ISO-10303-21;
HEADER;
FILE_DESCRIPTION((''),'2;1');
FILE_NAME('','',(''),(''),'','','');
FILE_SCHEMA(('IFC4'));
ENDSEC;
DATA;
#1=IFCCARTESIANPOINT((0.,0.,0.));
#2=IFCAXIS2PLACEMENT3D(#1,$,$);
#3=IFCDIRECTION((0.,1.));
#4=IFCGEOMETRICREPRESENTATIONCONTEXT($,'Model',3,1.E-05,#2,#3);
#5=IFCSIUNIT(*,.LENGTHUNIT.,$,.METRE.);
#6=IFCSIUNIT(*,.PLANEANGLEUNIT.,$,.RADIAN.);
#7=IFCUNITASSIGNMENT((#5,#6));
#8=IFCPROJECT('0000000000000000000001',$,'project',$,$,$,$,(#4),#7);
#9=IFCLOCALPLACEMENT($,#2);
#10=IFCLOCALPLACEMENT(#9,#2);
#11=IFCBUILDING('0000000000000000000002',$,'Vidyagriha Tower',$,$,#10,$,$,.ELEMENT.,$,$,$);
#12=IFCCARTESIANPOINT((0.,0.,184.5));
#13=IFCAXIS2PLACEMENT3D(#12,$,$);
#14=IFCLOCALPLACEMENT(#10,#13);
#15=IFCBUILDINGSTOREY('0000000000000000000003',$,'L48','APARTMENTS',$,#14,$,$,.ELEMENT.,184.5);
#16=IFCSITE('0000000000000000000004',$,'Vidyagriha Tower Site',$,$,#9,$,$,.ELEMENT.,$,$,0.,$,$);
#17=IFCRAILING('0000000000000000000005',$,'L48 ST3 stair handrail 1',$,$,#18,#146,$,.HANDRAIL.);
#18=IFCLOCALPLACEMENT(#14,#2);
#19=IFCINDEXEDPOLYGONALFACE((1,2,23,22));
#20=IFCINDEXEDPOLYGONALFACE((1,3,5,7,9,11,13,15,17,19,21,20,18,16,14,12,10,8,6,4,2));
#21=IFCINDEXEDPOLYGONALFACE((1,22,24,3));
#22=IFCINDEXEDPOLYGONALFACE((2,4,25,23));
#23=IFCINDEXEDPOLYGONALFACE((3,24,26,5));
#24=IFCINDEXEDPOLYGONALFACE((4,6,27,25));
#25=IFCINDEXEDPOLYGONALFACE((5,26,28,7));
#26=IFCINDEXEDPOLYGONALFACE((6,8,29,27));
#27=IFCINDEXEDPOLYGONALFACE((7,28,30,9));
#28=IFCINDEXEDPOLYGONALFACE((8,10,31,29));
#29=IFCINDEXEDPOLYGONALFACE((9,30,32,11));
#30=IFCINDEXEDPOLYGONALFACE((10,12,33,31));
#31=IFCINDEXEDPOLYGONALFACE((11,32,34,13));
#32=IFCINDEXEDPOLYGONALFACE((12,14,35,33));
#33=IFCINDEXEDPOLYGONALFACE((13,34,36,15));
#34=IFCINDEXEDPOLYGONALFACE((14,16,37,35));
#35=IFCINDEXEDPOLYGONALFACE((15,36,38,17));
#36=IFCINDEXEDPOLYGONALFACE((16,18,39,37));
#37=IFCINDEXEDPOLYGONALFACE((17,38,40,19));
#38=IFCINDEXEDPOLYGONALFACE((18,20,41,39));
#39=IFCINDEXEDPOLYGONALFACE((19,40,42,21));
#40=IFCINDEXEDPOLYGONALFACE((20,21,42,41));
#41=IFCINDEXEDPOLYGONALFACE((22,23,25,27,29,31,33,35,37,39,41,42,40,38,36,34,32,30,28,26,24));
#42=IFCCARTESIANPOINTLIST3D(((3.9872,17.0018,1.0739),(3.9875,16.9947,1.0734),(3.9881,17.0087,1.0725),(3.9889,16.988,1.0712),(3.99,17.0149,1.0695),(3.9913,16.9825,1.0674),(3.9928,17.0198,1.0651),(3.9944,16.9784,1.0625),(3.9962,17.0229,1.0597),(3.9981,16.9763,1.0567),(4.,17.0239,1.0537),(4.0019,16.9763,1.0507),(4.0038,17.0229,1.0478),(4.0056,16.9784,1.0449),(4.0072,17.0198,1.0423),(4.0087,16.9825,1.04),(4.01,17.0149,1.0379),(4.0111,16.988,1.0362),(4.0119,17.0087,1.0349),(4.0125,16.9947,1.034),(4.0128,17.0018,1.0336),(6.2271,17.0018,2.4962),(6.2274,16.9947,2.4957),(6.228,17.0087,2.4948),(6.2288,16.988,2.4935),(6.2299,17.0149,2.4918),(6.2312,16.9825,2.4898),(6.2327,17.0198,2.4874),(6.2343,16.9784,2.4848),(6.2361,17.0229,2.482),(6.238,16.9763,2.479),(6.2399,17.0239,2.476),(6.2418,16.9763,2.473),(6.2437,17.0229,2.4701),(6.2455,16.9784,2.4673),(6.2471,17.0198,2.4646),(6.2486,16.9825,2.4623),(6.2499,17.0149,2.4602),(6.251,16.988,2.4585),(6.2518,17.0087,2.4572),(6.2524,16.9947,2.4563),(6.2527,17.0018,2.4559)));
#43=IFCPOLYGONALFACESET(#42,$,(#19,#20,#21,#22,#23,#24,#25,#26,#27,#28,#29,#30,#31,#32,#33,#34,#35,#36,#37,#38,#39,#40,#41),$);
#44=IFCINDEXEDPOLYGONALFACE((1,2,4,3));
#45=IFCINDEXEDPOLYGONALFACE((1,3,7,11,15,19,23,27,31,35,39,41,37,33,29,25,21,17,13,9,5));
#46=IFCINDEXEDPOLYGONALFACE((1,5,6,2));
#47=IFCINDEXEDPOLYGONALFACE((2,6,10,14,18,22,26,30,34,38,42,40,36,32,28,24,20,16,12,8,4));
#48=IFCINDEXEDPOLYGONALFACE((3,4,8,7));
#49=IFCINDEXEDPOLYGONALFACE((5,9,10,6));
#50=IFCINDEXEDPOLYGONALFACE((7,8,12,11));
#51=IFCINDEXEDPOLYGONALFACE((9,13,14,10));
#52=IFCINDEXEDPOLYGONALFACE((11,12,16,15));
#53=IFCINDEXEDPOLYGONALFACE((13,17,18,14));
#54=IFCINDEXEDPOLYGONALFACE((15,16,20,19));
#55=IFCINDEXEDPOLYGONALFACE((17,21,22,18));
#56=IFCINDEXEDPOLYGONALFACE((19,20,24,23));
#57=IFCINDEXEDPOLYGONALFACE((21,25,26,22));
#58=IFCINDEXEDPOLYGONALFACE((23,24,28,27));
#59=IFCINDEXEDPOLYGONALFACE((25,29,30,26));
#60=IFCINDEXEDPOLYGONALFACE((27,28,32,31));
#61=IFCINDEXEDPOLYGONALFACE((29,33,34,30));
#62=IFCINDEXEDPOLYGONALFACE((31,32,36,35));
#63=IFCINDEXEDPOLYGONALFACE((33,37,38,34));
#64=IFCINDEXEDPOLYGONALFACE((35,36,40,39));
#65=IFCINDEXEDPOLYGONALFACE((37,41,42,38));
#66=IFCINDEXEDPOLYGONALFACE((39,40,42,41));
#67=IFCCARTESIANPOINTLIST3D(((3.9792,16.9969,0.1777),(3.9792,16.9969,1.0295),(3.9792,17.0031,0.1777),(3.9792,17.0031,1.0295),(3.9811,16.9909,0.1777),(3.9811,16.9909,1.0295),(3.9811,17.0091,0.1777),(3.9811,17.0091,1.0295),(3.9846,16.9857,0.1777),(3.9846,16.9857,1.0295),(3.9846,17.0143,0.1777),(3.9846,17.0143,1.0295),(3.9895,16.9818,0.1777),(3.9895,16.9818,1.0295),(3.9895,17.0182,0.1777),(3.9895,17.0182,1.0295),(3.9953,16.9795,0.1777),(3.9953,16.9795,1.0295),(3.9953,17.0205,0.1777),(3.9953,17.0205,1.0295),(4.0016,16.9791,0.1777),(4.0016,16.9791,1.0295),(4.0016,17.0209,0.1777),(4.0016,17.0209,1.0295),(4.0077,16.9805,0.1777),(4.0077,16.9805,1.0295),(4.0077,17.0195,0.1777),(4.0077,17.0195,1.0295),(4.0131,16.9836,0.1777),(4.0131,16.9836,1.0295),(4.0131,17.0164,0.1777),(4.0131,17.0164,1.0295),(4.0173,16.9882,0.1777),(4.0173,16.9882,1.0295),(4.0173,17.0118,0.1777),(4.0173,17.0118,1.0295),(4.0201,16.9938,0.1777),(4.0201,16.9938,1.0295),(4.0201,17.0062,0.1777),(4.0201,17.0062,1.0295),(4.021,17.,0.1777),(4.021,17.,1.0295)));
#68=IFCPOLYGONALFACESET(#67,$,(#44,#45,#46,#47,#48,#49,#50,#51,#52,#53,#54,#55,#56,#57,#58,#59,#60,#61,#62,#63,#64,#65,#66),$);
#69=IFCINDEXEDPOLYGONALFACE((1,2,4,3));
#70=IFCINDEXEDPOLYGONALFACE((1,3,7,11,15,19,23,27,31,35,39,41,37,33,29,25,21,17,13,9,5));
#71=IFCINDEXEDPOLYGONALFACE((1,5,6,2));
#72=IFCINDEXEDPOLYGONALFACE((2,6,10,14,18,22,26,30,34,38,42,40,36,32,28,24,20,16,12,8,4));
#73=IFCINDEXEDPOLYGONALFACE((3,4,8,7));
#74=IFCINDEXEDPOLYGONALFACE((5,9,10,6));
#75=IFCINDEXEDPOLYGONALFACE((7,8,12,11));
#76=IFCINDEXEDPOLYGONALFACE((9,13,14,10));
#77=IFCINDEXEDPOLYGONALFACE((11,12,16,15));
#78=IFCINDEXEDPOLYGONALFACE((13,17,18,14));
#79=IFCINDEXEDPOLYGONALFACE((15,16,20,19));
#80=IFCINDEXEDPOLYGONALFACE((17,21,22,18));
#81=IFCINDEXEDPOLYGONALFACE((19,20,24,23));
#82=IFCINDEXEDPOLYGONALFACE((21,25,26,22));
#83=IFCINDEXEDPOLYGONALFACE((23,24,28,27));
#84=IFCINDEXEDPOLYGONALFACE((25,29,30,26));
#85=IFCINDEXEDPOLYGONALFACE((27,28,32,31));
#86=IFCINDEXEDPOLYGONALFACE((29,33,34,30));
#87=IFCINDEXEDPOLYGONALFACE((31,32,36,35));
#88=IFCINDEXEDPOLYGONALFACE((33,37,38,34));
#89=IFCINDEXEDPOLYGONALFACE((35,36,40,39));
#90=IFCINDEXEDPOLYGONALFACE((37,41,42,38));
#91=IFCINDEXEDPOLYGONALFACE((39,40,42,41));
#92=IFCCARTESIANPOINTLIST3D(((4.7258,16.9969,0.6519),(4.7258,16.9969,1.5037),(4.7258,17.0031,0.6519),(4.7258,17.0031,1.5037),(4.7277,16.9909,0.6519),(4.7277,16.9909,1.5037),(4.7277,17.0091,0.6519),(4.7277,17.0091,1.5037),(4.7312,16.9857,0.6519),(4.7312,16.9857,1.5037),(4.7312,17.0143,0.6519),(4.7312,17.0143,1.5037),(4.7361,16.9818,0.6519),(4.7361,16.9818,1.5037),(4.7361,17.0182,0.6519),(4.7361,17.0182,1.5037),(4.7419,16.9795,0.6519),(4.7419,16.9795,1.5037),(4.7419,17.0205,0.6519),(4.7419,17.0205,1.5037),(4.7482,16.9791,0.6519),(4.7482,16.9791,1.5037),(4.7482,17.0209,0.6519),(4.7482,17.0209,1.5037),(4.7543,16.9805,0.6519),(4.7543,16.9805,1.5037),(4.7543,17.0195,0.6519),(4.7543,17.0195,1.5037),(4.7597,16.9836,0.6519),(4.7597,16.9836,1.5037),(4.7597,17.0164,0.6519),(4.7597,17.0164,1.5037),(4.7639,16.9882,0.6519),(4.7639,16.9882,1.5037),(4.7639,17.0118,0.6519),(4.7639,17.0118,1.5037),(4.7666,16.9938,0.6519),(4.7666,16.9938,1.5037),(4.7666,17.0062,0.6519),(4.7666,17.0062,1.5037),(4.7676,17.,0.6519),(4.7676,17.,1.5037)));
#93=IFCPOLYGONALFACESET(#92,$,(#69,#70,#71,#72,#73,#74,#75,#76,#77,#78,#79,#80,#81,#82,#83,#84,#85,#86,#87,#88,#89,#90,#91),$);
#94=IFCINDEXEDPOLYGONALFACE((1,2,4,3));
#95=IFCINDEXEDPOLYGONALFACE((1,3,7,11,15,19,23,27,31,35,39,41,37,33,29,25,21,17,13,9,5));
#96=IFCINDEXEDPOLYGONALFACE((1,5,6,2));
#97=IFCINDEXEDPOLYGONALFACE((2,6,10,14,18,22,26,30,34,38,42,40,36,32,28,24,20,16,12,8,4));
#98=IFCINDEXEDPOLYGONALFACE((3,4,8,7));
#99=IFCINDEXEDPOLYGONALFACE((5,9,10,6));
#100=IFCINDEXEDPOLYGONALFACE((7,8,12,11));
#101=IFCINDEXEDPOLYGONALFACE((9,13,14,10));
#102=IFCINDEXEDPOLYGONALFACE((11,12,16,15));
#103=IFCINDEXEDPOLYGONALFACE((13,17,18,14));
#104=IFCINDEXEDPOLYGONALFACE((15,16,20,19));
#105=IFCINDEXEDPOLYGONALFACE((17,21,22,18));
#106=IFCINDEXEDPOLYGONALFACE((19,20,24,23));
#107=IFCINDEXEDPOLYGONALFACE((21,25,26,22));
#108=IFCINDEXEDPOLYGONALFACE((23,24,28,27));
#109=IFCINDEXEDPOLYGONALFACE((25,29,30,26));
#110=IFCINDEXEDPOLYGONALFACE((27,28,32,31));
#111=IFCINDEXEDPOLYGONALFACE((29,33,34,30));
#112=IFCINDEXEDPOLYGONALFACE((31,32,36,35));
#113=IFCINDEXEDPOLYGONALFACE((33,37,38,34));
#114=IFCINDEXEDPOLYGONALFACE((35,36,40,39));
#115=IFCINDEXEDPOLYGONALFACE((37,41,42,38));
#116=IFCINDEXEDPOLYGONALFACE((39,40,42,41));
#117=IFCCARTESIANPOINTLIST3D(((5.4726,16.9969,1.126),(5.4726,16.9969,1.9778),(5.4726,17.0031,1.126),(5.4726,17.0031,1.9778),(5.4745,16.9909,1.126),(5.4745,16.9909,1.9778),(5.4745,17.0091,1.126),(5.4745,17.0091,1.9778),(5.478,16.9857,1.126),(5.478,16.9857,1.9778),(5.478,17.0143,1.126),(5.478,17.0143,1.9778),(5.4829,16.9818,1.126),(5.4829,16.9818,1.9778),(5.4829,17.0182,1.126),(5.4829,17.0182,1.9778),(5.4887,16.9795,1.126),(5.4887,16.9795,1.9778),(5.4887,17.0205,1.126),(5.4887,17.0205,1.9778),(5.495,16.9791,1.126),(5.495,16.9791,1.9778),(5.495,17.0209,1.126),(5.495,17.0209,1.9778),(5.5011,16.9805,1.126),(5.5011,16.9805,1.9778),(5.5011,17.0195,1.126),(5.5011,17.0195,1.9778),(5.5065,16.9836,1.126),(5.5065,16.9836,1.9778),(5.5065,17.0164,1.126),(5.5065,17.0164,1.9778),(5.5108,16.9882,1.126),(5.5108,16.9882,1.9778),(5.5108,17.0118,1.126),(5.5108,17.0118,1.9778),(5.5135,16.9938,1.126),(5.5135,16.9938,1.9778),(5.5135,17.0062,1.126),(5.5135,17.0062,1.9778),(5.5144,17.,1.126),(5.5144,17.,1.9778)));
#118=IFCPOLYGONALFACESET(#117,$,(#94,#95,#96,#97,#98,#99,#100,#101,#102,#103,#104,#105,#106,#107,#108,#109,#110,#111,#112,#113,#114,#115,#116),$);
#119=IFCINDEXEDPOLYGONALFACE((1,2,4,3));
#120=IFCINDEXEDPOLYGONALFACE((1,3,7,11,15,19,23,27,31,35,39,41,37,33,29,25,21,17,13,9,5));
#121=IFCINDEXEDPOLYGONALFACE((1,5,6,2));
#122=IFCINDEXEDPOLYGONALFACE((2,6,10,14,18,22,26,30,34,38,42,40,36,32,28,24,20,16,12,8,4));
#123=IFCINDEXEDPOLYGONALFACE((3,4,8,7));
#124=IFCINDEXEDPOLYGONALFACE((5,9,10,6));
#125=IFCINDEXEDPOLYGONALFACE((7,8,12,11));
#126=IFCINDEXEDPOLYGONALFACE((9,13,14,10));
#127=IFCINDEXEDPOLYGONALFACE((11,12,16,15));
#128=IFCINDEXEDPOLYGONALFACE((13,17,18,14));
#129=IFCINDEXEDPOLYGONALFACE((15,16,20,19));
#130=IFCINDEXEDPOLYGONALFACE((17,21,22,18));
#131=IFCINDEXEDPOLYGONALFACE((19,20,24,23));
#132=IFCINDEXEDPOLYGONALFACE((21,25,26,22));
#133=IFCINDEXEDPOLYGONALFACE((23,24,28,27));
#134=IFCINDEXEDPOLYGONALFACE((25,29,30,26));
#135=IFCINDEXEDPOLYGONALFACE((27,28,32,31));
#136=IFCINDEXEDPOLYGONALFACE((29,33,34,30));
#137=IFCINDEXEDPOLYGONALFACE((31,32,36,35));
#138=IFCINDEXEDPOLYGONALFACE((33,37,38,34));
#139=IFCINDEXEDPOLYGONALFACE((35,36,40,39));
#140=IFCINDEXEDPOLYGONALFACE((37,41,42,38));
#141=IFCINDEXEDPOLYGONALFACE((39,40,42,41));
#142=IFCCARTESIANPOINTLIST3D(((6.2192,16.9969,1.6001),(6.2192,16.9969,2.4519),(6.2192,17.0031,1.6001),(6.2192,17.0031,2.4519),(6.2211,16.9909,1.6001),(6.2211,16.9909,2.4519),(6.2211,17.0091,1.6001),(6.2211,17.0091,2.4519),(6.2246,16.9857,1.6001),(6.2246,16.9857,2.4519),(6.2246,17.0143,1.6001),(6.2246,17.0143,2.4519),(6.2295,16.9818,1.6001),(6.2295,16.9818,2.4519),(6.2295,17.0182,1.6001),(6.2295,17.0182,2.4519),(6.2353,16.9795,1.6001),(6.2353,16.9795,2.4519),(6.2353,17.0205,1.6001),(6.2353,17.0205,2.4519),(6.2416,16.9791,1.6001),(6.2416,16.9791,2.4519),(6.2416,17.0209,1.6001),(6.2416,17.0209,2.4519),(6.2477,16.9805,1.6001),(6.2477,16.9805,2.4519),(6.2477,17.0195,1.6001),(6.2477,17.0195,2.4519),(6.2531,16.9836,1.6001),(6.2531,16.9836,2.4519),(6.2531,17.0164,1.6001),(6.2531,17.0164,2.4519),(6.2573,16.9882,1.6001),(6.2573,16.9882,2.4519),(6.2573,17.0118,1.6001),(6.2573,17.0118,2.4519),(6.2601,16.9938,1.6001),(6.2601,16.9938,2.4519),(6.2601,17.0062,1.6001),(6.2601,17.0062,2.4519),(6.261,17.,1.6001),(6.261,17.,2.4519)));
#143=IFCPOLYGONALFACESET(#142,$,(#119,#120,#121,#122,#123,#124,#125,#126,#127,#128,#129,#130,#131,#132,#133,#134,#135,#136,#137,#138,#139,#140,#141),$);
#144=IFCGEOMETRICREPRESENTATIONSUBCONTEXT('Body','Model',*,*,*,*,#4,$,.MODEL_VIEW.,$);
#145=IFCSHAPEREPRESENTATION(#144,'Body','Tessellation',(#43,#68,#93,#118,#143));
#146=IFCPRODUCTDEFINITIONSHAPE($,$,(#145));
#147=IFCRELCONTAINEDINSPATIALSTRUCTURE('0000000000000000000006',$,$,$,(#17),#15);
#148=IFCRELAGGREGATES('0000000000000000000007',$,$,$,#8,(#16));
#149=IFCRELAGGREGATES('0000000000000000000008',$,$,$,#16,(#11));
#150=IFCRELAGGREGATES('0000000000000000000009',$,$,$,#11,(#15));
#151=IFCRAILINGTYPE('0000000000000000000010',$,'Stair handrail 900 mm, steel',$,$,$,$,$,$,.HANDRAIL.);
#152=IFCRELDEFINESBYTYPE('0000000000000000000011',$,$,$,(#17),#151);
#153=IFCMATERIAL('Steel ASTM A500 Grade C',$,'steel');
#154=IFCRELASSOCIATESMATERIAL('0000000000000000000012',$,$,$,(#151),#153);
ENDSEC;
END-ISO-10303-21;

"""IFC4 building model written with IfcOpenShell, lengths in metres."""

from ifc_helpers import new_model, si_unit, direction, frame, origin, origin_2d, place, context, subcontext, project, spatial, circle, extrude, material, type_object, element, save


model = new_model("IFC4")

# Units and contexts
model_context = context("Model", 3, precision=1e-05, world=origin(), true_north=direction((0.0, 1.0)))
body_context = subcontext(model_context, "Body", "Model", "MODEL_VIEW")
ifc_project = project(units=[si_unit("LENGTHUNIT", "METRE"), si_unit("PLANEANGLEUNIT", "RADIAN")], contexts=[model_context])

# Site, building, storey
site_placement = place(None, origin())
site = spatial("IfcSite", under=ifc_project, at=site_placement, Name="Vidyagriha Tower Site", CompositionType="ELEMENT", RefElevation=0.0)
building_placement = place(site_placement, origin())
building = spatial("IfcBuilding", under=site, at=building_placement, Name="Vidyagriha Tower", CompositionType="ELEMENT")
storey_placement = place(building_placement, frame((0.0, 0.0, 184.5)))
storey = spatial("IfcBuildingStorey", under=building, at=storey_placement, Name="L48", Description="APARTMENTS", CompositionType="ELEMENT", Elevation=184.5)

# Railing
ifc_material_1 = material(Name="Steel ASTM A500 Grade C", Category="steel")
railing_type_1 = type_object("IfcRailingType", Name="Stair handrail 900 mm, steel", PredefinedType="HANDRAIL", material=ifc_material_1)
railing_1_placement = place(storey_placement, frame((4.0, 17.0, 0.1777)))
element("IfcRailing", 1, at=railing_1_placement, inside=storey, type_object=railing_type_1, Name="L48 ST3 stair handrail 1", PredefinedType="HANDRAIL", context=body_context, shape_type="SweptSolid", body=[
    extrude(circle(Radius=0.0239, at=origin_2d()), frame((0.0, 0.0, 0.876), z_axis=(0.844188, 0.0, 0.536048), x_axis=(0.0, 1.0, 0.0)), (0.0, 0.0, 1.0), 2.6533),
    extrude(circle(Radius=0.021, at=origin_2d()), origin(), (0.0, 0.0, 1.0), 0.8518),
    extrude(circle(Radius=0.021, at=origin_2d()), frame((0.7466, 0.0, 0.4741)), (0.0, 0.0, 1.0), 0.8518),
    extrude(circle(Radius=0.021, at=origin_2d()), frame((1.4934, 0.0, 0.9482)), (0.0, 0.0, 1.0), 0.8518),
    extrude(circle(Radius=0.021, at=origin_2d()), frame((2.24, 0.0, 1.4224)), (0.0, 0.0, 1.0), 0.8518),
])

save(model, "model.ifc")
